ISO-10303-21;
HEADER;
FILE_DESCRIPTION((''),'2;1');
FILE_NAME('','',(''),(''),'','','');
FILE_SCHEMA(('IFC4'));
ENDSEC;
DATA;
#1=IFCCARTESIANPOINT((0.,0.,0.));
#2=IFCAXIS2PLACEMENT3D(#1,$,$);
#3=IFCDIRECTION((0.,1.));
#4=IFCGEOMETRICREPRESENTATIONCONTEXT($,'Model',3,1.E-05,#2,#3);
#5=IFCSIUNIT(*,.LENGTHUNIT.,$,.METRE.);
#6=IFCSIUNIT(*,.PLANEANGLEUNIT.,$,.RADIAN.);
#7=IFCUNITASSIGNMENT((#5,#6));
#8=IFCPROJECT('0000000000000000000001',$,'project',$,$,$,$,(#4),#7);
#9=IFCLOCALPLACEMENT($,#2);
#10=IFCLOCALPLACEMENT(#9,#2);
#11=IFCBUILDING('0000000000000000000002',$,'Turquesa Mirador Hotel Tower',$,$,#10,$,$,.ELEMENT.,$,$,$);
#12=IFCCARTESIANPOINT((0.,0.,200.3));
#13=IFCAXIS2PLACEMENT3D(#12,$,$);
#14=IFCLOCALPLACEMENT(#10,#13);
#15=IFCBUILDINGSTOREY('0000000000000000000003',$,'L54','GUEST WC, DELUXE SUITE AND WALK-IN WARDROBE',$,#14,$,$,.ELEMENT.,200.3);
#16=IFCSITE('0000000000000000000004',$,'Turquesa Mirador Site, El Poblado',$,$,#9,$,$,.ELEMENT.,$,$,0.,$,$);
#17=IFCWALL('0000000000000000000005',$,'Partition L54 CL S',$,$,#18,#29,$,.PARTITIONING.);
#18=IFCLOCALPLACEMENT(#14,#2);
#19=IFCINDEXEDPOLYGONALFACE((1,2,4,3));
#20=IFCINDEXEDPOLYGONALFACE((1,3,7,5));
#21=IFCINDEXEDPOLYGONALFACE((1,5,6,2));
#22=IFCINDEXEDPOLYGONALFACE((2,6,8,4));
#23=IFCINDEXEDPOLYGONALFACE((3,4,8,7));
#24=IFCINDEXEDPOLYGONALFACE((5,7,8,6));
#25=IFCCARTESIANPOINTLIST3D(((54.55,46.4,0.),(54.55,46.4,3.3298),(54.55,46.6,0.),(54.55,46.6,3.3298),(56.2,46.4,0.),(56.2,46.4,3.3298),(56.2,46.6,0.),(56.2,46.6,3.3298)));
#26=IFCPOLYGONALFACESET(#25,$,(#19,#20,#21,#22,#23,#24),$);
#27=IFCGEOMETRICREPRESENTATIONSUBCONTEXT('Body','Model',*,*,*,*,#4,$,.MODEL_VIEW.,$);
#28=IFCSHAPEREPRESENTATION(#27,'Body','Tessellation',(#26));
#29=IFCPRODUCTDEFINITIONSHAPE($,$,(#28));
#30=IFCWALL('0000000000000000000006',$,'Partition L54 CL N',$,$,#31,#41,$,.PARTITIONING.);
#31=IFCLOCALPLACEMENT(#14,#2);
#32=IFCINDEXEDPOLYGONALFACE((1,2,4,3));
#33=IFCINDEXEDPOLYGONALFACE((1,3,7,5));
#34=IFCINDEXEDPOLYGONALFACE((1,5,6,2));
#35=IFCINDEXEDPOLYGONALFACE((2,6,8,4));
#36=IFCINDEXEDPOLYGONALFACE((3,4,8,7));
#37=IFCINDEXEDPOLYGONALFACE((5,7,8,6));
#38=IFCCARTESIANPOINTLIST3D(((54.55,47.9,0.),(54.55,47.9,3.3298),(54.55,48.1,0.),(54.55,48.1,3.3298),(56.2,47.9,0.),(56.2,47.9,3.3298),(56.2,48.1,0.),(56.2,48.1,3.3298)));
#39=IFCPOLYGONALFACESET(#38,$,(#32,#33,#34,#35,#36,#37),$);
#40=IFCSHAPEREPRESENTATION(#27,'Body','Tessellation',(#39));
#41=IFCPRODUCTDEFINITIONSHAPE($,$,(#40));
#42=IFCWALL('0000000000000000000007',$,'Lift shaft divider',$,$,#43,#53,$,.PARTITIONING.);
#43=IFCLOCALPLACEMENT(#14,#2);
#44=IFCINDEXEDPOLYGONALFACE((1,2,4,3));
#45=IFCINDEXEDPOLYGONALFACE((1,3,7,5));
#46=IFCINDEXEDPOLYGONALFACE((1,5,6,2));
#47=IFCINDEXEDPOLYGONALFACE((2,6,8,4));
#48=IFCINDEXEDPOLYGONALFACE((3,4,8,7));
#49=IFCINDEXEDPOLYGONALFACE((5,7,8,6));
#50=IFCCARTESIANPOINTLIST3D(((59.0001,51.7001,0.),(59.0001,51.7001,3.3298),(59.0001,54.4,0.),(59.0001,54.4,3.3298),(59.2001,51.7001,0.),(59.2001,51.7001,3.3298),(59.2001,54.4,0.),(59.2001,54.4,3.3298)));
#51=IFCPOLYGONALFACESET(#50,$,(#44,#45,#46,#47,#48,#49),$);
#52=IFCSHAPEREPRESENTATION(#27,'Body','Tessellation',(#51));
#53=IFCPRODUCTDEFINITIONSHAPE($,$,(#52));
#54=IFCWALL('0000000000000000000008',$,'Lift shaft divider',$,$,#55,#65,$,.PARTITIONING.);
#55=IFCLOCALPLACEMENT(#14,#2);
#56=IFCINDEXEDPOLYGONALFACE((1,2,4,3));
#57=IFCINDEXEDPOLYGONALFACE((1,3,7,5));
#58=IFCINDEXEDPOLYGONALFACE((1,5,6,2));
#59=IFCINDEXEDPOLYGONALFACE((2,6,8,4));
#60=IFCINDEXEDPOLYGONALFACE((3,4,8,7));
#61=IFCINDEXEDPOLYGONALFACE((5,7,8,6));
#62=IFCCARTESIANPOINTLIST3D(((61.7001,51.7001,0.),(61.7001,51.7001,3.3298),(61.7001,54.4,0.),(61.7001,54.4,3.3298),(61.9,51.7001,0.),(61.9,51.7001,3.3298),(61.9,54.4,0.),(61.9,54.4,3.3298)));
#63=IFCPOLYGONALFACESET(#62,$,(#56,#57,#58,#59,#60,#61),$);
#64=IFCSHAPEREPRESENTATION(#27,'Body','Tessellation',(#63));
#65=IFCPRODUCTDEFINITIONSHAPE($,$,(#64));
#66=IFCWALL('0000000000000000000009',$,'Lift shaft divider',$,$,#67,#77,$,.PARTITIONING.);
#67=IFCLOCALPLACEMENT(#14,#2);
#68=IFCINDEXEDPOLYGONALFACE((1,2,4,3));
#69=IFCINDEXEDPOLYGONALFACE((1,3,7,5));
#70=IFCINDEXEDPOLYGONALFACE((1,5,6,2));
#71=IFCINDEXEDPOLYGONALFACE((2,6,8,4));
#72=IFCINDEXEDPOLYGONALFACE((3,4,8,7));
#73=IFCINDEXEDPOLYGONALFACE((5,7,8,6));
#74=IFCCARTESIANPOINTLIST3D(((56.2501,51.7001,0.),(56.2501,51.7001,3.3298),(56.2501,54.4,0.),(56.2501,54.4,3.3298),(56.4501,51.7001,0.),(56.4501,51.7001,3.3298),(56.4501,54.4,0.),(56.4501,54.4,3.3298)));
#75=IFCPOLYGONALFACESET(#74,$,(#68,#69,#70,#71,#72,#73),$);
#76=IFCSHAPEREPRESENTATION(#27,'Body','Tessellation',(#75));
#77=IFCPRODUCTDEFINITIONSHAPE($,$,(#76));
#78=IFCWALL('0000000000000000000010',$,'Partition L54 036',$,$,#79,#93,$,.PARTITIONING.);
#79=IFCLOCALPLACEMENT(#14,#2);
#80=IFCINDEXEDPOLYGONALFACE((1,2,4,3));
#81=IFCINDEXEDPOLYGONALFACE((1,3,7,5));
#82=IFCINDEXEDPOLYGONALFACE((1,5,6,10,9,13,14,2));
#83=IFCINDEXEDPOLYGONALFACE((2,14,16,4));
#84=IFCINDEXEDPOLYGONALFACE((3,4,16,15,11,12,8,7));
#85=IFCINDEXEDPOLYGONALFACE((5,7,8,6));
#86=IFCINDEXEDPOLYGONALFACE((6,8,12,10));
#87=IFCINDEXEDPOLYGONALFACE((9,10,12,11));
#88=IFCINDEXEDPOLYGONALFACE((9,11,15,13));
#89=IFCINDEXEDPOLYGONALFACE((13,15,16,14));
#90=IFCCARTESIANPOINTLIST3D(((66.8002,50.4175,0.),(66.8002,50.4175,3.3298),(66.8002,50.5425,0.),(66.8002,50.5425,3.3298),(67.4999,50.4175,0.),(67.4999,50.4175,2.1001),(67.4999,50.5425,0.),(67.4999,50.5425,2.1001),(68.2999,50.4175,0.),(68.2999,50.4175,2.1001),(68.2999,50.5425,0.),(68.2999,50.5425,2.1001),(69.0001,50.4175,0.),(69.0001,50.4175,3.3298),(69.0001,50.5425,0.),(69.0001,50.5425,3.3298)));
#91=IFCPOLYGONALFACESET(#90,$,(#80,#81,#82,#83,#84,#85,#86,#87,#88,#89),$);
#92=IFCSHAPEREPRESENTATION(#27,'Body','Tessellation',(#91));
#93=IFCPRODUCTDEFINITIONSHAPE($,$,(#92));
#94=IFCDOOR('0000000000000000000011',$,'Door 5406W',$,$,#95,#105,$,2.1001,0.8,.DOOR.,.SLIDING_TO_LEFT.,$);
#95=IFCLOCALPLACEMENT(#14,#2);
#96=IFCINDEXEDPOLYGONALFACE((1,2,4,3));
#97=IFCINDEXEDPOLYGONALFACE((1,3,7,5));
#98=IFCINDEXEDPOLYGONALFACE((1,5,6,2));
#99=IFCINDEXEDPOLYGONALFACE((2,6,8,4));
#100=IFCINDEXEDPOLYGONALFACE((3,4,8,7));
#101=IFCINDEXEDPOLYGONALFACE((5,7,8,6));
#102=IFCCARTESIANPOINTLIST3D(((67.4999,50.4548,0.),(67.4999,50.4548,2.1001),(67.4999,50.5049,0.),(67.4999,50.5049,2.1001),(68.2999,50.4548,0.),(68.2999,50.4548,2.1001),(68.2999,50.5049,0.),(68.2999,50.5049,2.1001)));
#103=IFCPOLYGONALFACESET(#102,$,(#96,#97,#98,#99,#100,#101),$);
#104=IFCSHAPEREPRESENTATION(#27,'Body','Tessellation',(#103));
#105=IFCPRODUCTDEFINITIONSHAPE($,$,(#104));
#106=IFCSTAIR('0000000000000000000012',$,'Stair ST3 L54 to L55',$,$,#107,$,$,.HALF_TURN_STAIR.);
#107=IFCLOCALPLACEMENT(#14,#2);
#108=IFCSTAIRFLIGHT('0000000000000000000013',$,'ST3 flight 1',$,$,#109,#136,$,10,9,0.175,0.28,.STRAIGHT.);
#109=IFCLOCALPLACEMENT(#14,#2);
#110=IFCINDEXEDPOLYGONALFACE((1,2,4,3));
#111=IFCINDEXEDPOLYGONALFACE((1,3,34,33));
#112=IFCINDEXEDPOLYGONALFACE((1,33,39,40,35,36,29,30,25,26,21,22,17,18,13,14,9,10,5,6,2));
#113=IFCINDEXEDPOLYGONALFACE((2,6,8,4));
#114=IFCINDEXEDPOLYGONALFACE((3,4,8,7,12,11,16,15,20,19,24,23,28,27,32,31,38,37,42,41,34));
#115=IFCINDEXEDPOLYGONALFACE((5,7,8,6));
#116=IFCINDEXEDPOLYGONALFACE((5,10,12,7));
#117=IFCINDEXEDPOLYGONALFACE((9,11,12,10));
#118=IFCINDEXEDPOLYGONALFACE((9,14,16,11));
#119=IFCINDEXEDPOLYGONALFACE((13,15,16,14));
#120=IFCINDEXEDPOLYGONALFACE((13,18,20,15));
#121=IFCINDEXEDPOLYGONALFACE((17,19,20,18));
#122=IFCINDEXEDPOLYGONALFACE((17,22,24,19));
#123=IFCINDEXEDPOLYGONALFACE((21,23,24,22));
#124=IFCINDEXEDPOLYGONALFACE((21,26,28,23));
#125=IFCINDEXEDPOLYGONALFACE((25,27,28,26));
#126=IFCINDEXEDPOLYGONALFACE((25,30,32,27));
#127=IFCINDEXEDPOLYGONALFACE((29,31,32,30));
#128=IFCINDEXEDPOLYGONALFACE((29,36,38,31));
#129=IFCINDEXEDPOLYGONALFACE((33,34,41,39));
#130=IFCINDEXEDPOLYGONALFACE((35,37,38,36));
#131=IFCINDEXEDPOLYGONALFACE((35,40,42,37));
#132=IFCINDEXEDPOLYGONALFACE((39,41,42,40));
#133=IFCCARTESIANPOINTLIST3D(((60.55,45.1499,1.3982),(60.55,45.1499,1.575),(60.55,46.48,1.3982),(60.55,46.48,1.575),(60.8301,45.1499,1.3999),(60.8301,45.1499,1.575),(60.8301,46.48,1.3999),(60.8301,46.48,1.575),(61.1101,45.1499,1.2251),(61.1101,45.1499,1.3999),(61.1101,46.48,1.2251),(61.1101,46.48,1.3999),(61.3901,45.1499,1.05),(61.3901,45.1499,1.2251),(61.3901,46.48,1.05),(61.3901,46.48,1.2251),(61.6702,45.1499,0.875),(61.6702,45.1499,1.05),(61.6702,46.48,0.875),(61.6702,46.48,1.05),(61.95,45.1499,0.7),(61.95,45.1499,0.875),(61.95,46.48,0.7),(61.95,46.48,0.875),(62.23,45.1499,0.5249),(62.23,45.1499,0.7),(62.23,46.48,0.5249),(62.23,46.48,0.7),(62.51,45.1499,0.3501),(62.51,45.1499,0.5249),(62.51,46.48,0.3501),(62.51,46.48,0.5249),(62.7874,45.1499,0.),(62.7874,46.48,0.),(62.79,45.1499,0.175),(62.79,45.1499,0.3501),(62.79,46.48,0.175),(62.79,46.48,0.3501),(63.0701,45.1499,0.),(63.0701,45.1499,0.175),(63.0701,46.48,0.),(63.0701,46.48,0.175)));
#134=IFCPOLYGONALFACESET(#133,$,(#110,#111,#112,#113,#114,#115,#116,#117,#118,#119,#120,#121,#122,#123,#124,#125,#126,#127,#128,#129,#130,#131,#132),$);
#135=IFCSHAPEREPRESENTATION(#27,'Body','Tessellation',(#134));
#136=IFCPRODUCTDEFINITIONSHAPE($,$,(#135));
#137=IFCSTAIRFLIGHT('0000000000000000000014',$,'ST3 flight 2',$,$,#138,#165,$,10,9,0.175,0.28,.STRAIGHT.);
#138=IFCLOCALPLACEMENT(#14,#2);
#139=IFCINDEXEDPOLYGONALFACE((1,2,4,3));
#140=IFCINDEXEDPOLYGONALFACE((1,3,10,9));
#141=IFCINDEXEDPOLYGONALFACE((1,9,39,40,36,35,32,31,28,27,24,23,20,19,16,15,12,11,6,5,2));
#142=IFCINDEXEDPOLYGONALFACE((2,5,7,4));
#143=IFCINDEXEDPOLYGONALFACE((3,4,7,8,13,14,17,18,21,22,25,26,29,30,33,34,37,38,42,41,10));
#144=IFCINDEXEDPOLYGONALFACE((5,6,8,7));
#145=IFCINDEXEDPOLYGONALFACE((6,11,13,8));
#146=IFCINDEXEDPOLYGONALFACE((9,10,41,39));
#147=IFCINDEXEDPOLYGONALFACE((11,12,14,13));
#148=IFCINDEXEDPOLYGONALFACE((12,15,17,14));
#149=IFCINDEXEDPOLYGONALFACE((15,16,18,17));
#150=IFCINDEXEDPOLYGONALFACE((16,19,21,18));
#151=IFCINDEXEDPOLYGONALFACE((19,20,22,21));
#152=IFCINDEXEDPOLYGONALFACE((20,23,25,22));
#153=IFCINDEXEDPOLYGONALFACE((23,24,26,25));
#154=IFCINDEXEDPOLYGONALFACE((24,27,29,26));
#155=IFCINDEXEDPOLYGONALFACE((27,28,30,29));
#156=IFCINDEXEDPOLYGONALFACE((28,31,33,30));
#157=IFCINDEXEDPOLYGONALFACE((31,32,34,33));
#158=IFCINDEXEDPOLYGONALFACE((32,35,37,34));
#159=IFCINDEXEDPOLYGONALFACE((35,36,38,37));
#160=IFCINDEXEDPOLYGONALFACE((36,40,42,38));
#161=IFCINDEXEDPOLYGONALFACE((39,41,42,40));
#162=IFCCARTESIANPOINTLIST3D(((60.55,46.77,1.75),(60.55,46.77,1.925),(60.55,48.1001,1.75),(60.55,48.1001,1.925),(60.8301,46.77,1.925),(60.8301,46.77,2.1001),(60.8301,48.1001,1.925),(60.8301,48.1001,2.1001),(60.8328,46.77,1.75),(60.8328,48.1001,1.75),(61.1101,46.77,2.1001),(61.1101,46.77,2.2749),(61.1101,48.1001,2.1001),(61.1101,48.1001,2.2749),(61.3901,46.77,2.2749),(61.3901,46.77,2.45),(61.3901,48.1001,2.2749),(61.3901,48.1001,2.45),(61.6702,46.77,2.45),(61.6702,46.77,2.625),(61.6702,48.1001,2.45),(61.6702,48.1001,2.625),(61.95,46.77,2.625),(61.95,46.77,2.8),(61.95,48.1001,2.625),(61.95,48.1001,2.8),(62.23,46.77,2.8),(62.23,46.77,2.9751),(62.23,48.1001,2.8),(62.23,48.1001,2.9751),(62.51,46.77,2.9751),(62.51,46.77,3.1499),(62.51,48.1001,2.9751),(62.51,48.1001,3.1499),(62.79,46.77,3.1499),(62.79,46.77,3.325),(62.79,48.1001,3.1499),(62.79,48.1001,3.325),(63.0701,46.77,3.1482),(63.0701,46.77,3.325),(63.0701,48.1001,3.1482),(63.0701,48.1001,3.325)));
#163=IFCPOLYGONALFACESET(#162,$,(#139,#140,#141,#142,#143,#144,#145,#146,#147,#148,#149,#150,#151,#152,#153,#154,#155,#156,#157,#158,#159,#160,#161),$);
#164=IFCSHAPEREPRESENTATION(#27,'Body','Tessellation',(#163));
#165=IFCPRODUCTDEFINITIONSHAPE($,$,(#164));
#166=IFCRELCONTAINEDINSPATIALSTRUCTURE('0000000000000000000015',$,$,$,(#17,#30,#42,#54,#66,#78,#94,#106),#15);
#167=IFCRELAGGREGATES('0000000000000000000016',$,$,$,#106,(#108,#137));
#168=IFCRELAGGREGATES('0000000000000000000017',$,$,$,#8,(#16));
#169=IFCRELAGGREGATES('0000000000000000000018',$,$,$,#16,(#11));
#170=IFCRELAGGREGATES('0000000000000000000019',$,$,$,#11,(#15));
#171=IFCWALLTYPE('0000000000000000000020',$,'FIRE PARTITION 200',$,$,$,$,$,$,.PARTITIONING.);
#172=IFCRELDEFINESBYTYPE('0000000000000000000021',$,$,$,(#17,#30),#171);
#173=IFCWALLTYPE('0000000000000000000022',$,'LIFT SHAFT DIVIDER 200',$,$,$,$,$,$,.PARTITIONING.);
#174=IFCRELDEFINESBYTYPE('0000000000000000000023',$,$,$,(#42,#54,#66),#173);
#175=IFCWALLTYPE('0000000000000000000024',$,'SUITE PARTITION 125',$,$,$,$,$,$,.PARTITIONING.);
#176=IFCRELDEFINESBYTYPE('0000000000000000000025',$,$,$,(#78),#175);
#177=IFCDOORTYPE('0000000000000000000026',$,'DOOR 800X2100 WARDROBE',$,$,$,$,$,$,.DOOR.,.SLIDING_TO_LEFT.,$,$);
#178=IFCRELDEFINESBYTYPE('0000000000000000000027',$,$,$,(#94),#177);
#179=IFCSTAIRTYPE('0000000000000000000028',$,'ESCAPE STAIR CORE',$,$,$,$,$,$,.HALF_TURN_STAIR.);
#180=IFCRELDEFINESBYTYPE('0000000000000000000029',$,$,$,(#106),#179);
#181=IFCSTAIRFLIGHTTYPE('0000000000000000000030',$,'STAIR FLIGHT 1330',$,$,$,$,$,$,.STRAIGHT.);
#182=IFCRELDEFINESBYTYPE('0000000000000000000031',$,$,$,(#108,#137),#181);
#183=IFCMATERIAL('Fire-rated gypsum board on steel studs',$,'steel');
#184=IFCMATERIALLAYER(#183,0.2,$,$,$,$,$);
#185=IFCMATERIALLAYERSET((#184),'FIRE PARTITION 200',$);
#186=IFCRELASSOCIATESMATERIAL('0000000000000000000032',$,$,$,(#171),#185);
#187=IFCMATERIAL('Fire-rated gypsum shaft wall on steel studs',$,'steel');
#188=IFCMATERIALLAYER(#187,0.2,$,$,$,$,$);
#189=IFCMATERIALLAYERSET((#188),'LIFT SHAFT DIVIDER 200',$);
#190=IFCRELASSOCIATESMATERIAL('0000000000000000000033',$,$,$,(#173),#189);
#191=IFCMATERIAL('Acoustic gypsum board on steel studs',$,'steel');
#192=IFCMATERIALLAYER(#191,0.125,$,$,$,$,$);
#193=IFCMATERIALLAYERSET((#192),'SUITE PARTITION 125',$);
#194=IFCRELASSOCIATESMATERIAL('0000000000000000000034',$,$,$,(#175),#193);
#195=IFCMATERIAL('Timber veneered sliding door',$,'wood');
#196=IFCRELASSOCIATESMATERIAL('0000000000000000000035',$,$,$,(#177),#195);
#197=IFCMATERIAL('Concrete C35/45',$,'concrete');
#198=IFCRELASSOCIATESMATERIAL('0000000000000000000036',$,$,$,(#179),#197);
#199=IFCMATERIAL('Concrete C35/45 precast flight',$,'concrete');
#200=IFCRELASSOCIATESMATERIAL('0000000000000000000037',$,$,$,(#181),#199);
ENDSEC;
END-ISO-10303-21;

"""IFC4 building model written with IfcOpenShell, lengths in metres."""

from ifc_helpers import new_model, si_unit, direction, frame, frame_2d, origin, place, context, subcontext, project, spatial, polyline, rectangle, outline, extrude, material, layer, layer_set, type_object, element, fill, aggregate, save


model = new_model("IFC4")

# Units and contexts
model_context = context("Model", 3, precision=1e-05, world=origin(), true_north=direction((0.0, 1.0)))
body_context = subcontext(model_context, "Body", "Model", "MODEL_VIEW")
ifc_project = project(units=[si_unit("LENGTHUNIT", "METRE"), si_unit("PLANEANGLEUNIT", "RADIAN")], contexts=[model_context])

# Site, building, storey
site_placement = place(None, origin())
site = spatial("IfcSite", under=ifc_project, at=site_placement, Name="Turquesa Mirador Site, El Poblado", CompositionType="ELEMENT", RefElevation=0.0)
building_placement = place(site_placement, origin())
building = spatial("IfcBuilding", under=site, at=building_placement, Name="Turquesa Mirador Hotel Tower", CompositionType="ELEMENT")
storey_placement = place(building_placement, frame((0.0, 0.0, 200.3)))
storey = spatial("IfcBuildingStorey", under=building, at=storey_placement, Name="L54", Description="GUEST WC, DELUXE SUITE AND WALK-IN WARDROBE", CompositionType="ELEMENT", Elevation=200.3)

# Shared definitions
ifc_material_1 = material(Name="Fire-rated gypsum board on steel studs", Category="steel")
ifc_layer_1 = layer(ifc_material_1, 0.2)
ifc_layer_set_1 = layer_set([ifc_layer_1], Name="FIRE PARTITION 200")
wall_type_1 = type_object("IfcWallType", Name="FIRE PARTITION 200", PredefinedType="PARTITIONING", material=ifc_layer_set_1)

# Walls
for number, where, z_axis, x_axis, name in (
    (1, (54.55, 46.5, 0.0), (0.0, 0.0, 1.0), (1.0, 0.0, 0.0), "Partition L54 CL S"),
    (2, (54.55, 48.0, 0.0), (0.0, 0.0, 1.0), (1.0, 0.0, 0.0), "Partition L54 CL N"),
):
    element("IfcWall", number, at=place(storey_placement, frame(where, z_axis=z_axis, x_axis=x_axis)), inside=storey, type_object=wall_type_1, Name=name, PredefinedType="PARTITIONING", context=body_context, shape_type="SweptSolid", body=[
        extrude(rectangle(XDim=1.6499, YDim=0.2, at=frame_2d((0.825, 0.0))), origin(), (0.0, 0.0, 1.0), 3.3298),
    ])
ifc_material_2 = material(Name="Fire-rated gypsum shaft wall on steel studs", Category="steel")
ifc_layer_2 = layer(ifc_material_2, 0.2)
ifc_layer_set_2 = layer_set([ifc_layer_2], Name="LIFT SHAFT DIVIDER 200")
wall_type_2 = type_object("IfcWallType", Name="LIFT SHAFT DIVIDER 200", PredefinedType="PARTITIONING", material=ifc_layer_set_2)
for number, where, z_axis, x_axis, name in (
    (3, (59.1001, 51.7, 0.0), (0.0, 0.0, 1.0), (0.0, 1.0, 0.0), "Lift shaft divider"),
    (4, (61.8, 51.7, 0.0), (0.0, 0.0, 1.0), (0.0, 1.0, 0.0), "Lift shaft divider"),
    (5, (56.3501, 51.7, 0.0), (0.0, 0.0, 1.0), (0.0, 1.0, 0.0), "Lift shaft divider"),
):
    element("IfcWall", number, at=place(storey_placement, frame(where, z_axis=z_axis, x_axis=x_axis)), inside=storey, type_object=wall_type_2, Name=name, PredefinedType="PARTITIONING", context=body_context, shape_type="SweptSolid", body=[
        extrude(rectangle(XDim=2.7, YDim=0.2, at=frame_2d((1.3501, 0.0))), origin(), (0.0, 0.0, 1.0), 3.3298),
    ])

# Wall, opening, door
ifc_material_3 = material(Name="Acoustic gypsum board on steel studs", Category="steel")
ifc_layer_3 = layer(ifc_material_3, 0.125)
ifc_layer_set_3 = layer_set([ifc_layer_3], Name="SUITE PARTITION 125")
wall_type_3 = type_object("IfcWallType", Name="SUITE PARTITION 125", PredefinedType="PARTITIONING", material=ifc_layer_set_3)
wall_1_placement = place(storey_placement, frame((66.8, 50.48, 0.0), z_axis=(0.0, 0.0, 1.0), x_axis=(1.0, 0.0, 0.0)))
wall_1 = element("IfcWall", 6, at=wall_1_placement, inside=storey, type_object=wall_type_3, Name="Partition L54 036", PredefinedType="PARTITIONING", context=body_context, shape_type="SweptSolid", body=[
    extrude(rectangle(XDim=2.2, YDim=0.125, at=frame_2d((1.1001, 0.0))), origin(), (0.0, 0.0, 1.0), 3.3298),
])
opening_1_placement = place(wall_1_placement, frame((0.7, 0.0, 0.0)))
opening_1 = element("IfcOpeningElement", 7, at=opening_1_placement, cuts=wall_1, PredefinedType="OPENING", context=body_context, shape_type="SweptSolid", body=[
    extrude(rectangle(XDim=0.8, YDim=2.1001, at=frame_2d((0.3999, 1.05))), frame((0.0, 0.0725, 0.0), z_axis=(0.0, -1.0, 0.0), x_axis=(1.0, 0.0, 0.0)), (0.0, 0.0, 1.0), 0.145),
])
ifc_material_4 = material(Name="Timber veneered sliding door", Category="wood")
door_type_1 = type_object("IfcDoorType", Name="DOOR 800X2100 WARDROBE", OperationType="SLIDING_TO_LEFT", PredefinedType="DOOR", material=ifc_material_4)
door_1_placement = place(opening_1_placement, origin())
door_1 = element("IfcDoor", 8, at=door_1_placement, inside=storey, type_object=door_type_1, Name="Door 5406W", OperationType="SLIDING_TO_LEFT", OverallHeight=2.1001, OverallWidth=0.8, PredefinedType="DOOR", context=body_context, shape_type="SweptSolid", body=[
    extrude(rectangle(XDim=0.8, YDim=2.1001, at=frame_2d((0.3999, 1.05))), frame((0.0, 0.0249, 0.0), z_axis=(0.0, -1.0, 0.0), x_axis=(1.0, 0.0, 0.0)), (0.0, 0.0, 1.0), 0.05),
])
fill(opening_1, door_1)

# Stair, stair flights
ifc_material_5 = material(Name="Concrete C35/45", Category="concrete")
stair_type = type_object("IfcStairType", Name="ESCAPE STAIR CORE", PredefinedType="HALF_TURN_STAIR", material=ifc_material_5)
stair_placement = place(storey_placement, origin())
stair = element("IfcStair", 9, at=stair_placement, inside=storey, type_object=stair_type, Name="Stair ST3 L54 to L55", PredefinedType="HALF_TURN_STAIR")
ifc_material_6 = material(Name="Concrete C35/45 precast flight", Category="concrete")
stair_flight_type = type_object("IfcStairFlightType", Name="STAIR FLIGHT 1330", PredefinedType="STRAIGHT", material=ifc_material_6)
stair_flight_1_placement = place(storey_placement, frame((63.0701, 45.8149, 0.0), z_axis=(0.0, 0.0, 1.0), x_axis=(-1.0, 0.0, 0.0)))
stair_flight_1 = element("IfcStairFlight", 10, at=stair_flight_1_placement, type_object=stair_flight_type, Name="ST3 flight 1", NumberOfRisers=10, NumberOfTreads=9, PredefinedType="STRAIGHT", RiserHeight=0.175, TreadLength=0.28, context=body_context, shape_type="SweptSolid", body=[
    extrude(outline(polyline([(0.0, 0.0), (0.0, 0.175), (0.28, 0.175), (0.28, 0.3501), (0.5601, 0.3501), (0.5601, 0.5249), (0.8401, 0.5249), (0.8401, 0.7), (1.1201, 0.7), (1.1201, 0.875), (1.3999, 0.875), (1.3999, 1.05), (1.6799, 1.05), (1.6799, 1.2251), (1.96, 1.2251), (1.96, 1.3999), (2.24, 1.3999), (2.24, 1.575), (2.52, 1.575), (2.52, 1.75), (2.52, 1.3982), (0.2827, 0.0), (0.0, 0.0)])), frame((0.0, 0.665, 0.0), z_axis=(0.0, -1.0, 0.0), x_axis=(1.0, 0.0, 0.0)), (0.0, 0.0, 1.0), 1.3301),
])
stair_flight_2_placement = place(storey_placement, frame((60.55, 47.4351, 1.75), z_axis=(0.0, 0.0, 1.0), x_axis=(1.0, 0.0, 0.0)))
stair_flight_2 = element("IfcStairFlight", 11, at=stair_flight_2_placement, type_object=stair_flight_type, Name="ST3 flight 2", NumberOfRisers=10, NumberOfTreads=9, PredefinedType="STRAIGHT", RiserHeight=0.175, TreadLength=0.28, context=body_context, shape_type="SweptSolid", body=[
    extrude(outline(polyline([(0.0, 0.0), (0.0, 0.175), (0.28, 0.175), (0.28, 0.3501), (0.5601, 0.3501), (0.5601, 0.5249), (0.8401, 0.5249), (0.8401, 0.7), (1.1201, 0.7), (1.1201, 0.875), (1.3999, 0.875), (1.3999, 1.05), (1.6799, 1.05), (1.6799, 1.2251), (1.96, 1.2251), (1.96, 1.3999), (2.24, 1.3999), (2.24, 1.575), (2.52, 1.575), (2.52, 1.75), (2.52, 1.3982), (0.2827, 0.0), (0.0, 0.0)])), frame((0.0, 0.665, 0.0), z_axis=(0.0, -1.0, 0.0), x_axis=(1.0, 0.0, 0.0)), (0.0, 0.0, 1.0), 1.3301),
])
aggregate(stair, [stair_flight_1, stair_flight_2])

save(model, "model.ifc")
